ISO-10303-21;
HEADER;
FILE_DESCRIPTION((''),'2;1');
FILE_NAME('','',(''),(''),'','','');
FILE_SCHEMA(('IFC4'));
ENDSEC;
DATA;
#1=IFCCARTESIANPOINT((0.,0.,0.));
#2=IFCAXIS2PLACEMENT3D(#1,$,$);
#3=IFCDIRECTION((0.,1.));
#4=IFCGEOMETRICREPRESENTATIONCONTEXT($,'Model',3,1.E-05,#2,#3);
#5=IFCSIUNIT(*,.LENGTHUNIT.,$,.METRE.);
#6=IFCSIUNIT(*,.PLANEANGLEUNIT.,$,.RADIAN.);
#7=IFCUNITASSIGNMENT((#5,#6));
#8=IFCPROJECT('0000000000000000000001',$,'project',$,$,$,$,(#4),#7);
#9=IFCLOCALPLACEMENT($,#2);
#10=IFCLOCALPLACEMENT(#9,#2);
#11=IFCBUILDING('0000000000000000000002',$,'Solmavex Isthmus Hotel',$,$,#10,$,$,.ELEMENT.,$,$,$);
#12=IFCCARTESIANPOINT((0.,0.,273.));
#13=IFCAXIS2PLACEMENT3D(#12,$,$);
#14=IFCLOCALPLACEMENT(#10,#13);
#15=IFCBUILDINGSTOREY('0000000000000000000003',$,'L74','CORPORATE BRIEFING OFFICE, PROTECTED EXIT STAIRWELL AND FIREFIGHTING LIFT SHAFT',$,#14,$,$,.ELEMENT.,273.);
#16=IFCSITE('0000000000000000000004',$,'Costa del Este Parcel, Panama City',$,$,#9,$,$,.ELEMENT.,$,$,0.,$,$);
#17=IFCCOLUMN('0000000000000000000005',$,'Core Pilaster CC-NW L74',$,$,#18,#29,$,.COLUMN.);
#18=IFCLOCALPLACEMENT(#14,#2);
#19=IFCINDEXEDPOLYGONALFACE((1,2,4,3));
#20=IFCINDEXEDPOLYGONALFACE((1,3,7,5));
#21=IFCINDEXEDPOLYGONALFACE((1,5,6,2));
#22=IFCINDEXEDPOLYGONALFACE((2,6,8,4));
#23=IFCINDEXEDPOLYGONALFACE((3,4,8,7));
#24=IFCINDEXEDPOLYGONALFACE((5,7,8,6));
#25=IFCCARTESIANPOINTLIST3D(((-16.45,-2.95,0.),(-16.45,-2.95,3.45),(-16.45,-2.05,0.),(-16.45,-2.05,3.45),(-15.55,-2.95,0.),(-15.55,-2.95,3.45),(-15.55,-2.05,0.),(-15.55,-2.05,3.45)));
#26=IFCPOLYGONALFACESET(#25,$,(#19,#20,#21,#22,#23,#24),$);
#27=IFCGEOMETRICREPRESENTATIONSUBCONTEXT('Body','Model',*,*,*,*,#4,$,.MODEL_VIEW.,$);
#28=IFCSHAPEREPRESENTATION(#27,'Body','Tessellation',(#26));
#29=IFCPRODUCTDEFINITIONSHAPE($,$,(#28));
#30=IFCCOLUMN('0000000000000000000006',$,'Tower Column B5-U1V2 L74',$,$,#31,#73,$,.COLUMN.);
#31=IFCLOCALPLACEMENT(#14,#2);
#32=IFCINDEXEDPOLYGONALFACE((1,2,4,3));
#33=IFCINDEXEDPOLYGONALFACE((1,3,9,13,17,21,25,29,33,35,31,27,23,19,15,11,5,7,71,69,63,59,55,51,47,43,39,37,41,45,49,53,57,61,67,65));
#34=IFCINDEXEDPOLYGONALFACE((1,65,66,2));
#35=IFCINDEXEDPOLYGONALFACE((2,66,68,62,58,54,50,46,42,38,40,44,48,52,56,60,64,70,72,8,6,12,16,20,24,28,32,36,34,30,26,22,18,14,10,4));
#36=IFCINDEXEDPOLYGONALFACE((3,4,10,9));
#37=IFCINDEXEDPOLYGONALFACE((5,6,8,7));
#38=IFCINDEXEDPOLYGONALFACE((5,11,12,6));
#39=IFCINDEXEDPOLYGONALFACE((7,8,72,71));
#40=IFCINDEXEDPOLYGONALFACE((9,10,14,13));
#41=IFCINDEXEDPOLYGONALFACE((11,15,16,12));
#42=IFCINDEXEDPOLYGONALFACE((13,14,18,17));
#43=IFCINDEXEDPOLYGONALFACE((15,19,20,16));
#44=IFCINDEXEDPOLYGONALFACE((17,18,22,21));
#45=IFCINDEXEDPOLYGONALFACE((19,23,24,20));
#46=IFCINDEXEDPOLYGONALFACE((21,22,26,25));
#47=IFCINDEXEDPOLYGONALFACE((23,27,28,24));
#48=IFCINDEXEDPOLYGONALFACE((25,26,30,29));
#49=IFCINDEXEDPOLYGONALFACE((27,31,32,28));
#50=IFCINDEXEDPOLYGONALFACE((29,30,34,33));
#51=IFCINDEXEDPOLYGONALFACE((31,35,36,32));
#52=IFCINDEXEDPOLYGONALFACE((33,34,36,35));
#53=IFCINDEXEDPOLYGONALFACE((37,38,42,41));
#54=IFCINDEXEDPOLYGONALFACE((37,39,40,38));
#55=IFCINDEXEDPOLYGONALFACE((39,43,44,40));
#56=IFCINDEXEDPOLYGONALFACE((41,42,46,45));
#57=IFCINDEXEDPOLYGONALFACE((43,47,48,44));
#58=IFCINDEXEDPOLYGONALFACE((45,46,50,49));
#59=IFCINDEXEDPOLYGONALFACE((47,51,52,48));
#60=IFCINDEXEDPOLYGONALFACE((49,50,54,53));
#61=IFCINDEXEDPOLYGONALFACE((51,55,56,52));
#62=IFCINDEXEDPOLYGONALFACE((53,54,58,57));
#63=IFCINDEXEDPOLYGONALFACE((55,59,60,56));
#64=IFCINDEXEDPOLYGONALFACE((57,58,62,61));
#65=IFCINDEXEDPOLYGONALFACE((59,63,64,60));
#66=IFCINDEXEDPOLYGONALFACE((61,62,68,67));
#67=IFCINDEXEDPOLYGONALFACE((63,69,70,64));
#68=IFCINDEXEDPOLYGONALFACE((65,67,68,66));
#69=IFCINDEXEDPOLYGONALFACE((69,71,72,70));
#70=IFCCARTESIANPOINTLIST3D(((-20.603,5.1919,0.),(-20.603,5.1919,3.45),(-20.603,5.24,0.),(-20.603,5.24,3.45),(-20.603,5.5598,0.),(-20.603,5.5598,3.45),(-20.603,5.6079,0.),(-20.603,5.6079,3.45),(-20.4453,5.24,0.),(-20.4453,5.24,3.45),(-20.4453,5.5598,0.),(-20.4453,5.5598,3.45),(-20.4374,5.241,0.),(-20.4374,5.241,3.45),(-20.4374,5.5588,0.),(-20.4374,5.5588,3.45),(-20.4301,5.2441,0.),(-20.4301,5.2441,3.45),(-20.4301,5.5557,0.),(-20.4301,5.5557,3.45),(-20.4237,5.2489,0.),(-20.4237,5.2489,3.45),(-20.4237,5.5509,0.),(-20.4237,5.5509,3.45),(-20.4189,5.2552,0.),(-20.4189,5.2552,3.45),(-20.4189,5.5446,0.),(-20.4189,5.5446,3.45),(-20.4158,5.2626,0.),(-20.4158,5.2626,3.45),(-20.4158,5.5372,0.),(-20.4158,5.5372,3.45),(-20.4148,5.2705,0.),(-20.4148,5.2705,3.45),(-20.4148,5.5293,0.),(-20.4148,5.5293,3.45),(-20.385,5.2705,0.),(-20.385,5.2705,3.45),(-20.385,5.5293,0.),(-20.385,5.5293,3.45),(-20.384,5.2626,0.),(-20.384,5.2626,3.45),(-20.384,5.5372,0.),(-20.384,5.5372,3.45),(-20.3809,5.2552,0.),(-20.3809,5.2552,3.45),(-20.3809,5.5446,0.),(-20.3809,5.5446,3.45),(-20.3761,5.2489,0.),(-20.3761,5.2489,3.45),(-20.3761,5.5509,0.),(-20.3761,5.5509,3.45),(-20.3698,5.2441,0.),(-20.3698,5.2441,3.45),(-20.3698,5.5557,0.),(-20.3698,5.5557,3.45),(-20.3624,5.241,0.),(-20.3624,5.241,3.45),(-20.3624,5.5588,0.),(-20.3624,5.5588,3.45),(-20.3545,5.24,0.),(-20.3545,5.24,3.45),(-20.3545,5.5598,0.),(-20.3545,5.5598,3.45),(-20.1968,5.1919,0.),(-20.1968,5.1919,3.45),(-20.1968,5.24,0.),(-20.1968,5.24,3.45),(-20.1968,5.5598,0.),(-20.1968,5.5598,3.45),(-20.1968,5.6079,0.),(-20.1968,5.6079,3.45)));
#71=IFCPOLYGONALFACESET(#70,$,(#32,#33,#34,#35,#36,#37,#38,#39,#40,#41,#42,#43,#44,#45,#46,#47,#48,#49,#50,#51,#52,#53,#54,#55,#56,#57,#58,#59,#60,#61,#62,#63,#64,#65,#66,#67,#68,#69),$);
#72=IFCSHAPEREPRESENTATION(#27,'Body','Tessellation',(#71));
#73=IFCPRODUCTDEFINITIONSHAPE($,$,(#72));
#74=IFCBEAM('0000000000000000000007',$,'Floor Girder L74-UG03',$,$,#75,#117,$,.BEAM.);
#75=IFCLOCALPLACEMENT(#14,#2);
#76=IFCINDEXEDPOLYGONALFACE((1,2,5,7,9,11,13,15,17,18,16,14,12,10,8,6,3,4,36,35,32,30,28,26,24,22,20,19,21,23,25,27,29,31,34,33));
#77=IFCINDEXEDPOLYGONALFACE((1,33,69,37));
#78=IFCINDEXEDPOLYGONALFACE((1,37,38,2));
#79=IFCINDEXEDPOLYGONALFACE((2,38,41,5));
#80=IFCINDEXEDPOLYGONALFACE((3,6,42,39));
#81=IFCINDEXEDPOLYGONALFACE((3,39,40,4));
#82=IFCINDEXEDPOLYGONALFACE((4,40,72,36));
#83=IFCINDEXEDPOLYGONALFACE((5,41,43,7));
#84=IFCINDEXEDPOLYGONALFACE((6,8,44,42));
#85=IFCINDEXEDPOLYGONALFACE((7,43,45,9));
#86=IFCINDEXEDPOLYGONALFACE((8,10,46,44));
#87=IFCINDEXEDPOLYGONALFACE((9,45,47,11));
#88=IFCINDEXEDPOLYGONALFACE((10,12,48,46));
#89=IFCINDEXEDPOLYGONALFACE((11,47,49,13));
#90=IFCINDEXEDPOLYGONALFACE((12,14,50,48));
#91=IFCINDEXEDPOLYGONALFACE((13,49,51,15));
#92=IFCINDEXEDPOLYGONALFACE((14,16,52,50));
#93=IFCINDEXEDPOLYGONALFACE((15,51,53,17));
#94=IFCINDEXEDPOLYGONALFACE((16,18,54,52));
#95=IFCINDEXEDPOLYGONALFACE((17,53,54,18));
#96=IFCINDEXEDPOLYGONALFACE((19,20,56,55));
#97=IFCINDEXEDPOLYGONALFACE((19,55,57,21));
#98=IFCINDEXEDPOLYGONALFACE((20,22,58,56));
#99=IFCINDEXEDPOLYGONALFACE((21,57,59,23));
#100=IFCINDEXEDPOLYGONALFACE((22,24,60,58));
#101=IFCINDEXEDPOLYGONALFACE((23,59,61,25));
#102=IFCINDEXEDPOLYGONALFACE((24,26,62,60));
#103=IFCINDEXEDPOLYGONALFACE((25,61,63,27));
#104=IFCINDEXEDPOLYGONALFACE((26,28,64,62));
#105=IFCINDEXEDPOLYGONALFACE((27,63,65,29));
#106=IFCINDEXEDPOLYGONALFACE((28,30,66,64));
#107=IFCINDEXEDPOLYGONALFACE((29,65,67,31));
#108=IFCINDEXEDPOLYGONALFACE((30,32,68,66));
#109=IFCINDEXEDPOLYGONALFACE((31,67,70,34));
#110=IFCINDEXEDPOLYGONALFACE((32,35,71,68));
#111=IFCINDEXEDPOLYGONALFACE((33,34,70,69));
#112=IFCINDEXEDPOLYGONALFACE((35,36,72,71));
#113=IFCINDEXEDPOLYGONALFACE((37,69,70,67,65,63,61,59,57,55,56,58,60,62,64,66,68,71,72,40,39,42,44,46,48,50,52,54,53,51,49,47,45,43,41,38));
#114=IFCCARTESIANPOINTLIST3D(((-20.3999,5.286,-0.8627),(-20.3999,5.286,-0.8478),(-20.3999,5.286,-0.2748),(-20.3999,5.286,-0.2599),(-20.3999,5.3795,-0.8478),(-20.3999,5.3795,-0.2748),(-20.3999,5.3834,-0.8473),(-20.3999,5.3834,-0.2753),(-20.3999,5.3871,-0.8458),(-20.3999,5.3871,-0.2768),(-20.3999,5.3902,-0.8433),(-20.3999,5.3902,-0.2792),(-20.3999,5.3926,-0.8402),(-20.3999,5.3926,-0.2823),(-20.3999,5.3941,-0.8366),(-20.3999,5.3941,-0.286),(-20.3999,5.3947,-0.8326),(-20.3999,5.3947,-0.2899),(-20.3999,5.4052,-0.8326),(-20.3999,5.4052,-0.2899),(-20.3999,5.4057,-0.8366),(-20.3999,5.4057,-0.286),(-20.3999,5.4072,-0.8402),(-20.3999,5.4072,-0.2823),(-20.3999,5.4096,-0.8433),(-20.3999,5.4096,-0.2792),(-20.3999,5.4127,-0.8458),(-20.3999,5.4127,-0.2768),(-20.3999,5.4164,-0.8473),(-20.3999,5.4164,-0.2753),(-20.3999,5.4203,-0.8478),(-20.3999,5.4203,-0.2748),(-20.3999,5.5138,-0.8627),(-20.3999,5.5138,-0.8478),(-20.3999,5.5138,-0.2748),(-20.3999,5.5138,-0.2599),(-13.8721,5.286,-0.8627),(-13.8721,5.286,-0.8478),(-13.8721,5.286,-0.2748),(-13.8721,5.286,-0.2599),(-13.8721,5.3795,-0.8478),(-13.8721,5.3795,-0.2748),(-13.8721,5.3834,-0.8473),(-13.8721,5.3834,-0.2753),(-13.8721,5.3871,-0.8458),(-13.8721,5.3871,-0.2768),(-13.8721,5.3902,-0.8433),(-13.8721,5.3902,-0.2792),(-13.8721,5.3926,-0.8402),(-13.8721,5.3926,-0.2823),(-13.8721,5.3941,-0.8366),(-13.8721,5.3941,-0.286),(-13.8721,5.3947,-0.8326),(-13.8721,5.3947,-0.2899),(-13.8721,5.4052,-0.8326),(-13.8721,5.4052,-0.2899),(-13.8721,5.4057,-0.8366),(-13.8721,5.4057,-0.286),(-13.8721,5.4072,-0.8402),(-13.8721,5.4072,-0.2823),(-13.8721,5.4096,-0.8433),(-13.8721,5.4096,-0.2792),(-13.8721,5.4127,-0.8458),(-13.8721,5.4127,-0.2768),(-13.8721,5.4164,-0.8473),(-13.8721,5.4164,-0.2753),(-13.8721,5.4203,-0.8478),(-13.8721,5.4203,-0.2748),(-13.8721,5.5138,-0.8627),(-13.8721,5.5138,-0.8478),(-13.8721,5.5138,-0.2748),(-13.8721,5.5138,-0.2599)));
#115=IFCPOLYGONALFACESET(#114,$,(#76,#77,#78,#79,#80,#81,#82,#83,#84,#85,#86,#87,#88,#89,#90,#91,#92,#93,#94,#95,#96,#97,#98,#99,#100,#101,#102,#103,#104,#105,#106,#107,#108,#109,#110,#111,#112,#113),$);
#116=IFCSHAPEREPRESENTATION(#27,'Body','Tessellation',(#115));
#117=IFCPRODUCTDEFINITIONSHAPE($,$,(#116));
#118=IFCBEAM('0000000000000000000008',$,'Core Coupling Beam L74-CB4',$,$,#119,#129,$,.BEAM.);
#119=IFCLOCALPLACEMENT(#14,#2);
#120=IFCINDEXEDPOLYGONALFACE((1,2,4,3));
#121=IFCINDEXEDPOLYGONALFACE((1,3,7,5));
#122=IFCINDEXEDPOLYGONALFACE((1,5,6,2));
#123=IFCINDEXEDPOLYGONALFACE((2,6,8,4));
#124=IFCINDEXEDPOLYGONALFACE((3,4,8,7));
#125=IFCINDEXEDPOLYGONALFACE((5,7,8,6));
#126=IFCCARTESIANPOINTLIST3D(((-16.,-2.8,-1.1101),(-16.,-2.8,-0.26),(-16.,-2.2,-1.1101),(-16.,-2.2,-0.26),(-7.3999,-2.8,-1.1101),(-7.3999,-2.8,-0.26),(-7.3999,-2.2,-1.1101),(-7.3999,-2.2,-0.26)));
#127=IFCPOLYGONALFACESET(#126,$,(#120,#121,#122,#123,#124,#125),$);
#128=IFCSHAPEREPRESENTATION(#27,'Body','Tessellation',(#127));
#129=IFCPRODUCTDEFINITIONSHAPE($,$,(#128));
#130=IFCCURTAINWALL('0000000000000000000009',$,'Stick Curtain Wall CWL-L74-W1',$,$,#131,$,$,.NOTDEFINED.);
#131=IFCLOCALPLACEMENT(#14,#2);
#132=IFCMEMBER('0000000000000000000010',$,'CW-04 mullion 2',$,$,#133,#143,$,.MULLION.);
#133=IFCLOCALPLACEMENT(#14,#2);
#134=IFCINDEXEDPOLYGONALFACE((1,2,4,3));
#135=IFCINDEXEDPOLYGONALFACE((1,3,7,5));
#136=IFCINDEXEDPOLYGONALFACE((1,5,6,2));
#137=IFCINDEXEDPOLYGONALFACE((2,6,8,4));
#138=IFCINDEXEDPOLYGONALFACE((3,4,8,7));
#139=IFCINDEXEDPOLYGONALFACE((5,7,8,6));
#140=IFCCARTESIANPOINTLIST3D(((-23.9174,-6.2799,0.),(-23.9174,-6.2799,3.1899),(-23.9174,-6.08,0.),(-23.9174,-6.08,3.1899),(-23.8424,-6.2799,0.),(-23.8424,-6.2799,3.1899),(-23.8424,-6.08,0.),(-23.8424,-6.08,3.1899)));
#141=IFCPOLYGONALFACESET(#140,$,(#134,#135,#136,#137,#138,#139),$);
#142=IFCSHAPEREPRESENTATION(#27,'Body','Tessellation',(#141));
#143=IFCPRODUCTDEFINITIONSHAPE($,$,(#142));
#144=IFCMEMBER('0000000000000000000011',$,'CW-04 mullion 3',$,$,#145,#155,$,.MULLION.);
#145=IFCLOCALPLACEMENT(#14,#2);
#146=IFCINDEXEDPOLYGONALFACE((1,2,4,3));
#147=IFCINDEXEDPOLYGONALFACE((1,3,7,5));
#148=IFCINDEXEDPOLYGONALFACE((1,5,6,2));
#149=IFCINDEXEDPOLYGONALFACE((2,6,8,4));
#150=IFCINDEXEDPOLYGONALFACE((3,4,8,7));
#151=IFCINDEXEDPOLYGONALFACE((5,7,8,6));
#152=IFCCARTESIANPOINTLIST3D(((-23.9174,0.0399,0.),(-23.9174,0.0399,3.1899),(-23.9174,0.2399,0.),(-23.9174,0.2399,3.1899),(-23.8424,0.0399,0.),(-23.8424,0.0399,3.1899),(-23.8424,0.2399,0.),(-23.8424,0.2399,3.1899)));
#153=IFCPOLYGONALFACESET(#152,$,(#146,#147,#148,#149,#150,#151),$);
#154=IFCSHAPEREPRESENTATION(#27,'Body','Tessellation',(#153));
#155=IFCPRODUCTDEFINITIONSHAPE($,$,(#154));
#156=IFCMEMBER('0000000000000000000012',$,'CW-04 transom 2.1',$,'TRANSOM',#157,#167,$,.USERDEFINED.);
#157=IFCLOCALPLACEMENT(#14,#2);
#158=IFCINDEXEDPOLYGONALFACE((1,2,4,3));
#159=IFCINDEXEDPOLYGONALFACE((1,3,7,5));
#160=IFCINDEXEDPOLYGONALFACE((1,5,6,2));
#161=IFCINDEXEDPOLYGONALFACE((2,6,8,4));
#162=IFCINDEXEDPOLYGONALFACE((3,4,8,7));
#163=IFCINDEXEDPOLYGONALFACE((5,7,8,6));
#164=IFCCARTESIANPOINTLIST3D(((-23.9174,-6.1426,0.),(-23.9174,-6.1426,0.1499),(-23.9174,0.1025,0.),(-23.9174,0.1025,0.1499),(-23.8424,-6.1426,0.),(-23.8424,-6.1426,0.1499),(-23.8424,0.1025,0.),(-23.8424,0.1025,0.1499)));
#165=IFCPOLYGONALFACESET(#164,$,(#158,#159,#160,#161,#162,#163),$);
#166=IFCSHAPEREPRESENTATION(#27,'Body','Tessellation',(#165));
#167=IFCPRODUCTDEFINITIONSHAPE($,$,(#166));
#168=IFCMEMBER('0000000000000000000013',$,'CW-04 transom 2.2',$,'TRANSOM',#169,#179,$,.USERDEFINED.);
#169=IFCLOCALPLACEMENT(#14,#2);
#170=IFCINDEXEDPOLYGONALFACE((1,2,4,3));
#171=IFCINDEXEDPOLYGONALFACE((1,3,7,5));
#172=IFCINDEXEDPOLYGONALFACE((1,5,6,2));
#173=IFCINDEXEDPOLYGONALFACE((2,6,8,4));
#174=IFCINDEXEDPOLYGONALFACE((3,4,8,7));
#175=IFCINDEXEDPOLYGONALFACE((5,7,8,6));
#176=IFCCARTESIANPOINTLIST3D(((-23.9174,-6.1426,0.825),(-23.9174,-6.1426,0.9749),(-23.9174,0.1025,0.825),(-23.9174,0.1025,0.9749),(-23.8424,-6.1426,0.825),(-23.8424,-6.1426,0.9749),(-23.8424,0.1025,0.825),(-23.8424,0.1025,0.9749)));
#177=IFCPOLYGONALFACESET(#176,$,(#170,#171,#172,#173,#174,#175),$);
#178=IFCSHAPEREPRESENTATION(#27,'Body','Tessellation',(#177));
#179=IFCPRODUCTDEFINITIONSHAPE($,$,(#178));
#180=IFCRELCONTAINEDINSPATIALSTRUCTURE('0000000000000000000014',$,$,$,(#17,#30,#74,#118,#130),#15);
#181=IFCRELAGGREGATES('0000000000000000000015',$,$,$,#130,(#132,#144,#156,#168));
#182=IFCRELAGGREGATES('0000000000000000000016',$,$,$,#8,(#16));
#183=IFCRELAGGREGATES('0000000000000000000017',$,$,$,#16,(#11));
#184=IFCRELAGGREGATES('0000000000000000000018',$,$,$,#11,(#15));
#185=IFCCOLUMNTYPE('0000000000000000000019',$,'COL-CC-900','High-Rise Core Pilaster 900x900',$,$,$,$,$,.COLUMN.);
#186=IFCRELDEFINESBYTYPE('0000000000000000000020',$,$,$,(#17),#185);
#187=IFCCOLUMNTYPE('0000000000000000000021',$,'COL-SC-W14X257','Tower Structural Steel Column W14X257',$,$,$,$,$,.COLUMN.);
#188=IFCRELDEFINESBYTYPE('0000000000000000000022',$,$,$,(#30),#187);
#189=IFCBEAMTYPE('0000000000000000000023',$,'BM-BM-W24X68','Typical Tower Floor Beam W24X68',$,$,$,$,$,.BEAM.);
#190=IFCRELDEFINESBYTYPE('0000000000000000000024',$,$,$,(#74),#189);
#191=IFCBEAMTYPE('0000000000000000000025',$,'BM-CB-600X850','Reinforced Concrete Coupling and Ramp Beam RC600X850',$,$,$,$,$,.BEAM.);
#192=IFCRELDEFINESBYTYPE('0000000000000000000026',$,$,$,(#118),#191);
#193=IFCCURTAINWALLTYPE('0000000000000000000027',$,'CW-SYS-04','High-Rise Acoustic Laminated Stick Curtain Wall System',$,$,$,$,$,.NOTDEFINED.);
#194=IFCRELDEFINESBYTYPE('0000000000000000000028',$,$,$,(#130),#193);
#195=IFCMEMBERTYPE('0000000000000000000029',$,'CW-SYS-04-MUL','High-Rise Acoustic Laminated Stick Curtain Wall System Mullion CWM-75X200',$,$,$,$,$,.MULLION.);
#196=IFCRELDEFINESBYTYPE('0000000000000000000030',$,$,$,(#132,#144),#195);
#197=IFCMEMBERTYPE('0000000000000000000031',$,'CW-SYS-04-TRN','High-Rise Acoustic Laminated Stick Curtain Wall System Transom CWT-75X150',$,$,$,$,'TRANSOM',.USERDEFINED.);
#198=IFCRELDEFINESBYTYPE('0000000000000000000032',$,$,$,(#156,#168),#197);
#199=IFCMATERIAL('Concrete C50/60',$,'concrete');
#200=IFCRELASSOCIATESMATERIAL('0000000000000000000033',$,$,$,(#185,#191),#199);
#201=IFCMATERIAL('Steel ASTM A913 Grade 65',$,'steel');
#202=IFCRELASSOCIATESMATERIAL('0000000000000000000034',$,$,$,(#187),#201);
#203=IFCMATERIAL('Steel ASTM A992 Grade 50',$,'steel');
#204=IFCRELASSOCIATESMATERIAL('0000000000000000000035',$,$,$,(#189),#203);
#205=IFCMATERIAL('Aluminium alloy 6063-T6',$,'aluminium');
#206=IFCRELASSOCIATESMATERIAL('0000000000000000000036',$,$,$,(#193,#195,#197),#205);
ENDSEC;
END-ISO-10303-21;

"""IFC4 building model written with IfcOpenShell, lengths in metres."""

from ifc_helpers import new_model, si_unit, direction, frame, origin, origin_2d, place, context, subcontext, project, spatial, rectangle, i_section, extrude, material, material_profile, profile_set, type_object, element, aggregate, save


model = new_model("IFC4")

# Units and contexts
model_context = context("Model", 3, precision=1e-05, world=origin(), true_north=direction((0.0, 1.0)))
body_context = subcontext(model_context, "Body", "Model", "MODEL_VIEW")
ifc_project = project(units=[si_unit("LENGTHUNIT", "METRE"), si_unit("PLANEANGLEUNIT", "RADIAN")], contexts=[model_context])

# Site, building, storey
site_placement = place(None, origin())
site = spatial("IfcSite", under=ifc_project, at=site_placement, Name="Costa del Este Parcel, Panama City", CompositionType="ELEMENT", RefElevation=0.0)
building_placement = place(site_placement, origin())
building = spatial("IfcBuilding", under=site, at=building_placement, Name="Solmavex Isthmus Hotel", CompositionType="ELEMENT")
storey_placement = place(building_placement, frame((0.0, 0.0, 273.0)))
storey = spatial("IfcBuildingStorey", under=building, at=storey_placement, Name="L74", Description="CORPORATE BRIEFING OFFICE, PROTECTED EXIT STAIRWELL AND FIREFIGHTING LIFT SHAFT", CompositionType="ELEMENT", Elevation=273.0)

# Columns
ifc_material_1 = material(Name="Concrete C50/60", Category="concrete")
ifc_material_profile_1 = material_profile(ifc_material_1, rectangle(XDim=0.8999, YDim=0.8999, at=origin_2d()), Name="RC900X900")
ifc_profile_set_1 = profile_set([ifc_material_profile_1], Name="Concrete C50/60")
column_type_1 = type_object("IfcColumnType", Name="COL-CC-900", Description="High-Rise Core Pilaster 900x900", PredefinedType="COLUMN", material=ifc_profile_set_1)
column_1_placement = place(storey_placement, frame((-16.0, -2.5, 0.0), z_axis=(0.0, 0.0, 1.0), x_axis=(1.0, 0.0, 0.0)))
element("IfcColumn", 1, at=column_1_placement, inside=storey, type_object=column_type_1, Name="Core Pilaster CC-NW L74", PredefinedType="COLUMN", context=body_context, shape_type="SweptSolid", body=[
    extrude(rectangle(XDim=0.8999, YDim=0.8999, at=origin_2d()), origin(), (0.0, 0.0, 1.0), 3.45),
])
ifc_material_2 = material(Name="Steel ASTM A913 Grade 65", Category="steel")
ifc_material_profile_2 = material_profile(ifc_material_2, i_section(OverallWidth=0.4062, OverallDepth=0.416, WebThickness=0.0298, FlangeThickness=0.0481, FilletRadius=0.0305, at=origin_2d()), Name="W14X257")
ifc_profile_set_2 = profile_set([ifc_material_profile_2], Name="Steel ASTM A913 Grade 65")
column_type_2 = type_object("IfcColumnType", Name="COL-SC-W14X257", Description="Tower Structural Steel Column W14X257", PredefinedType="COLUMN", material=ifc_profile_set_2)
column_2_placement = place(storey_placement, frame((-20.3999, 5.3999, 0.0), z_axis=(0.0, 0.0, 1.0), x_axis=(1.0, 0.0, 0.0)))
element("IfcColumn", 2, at=column_2_placement, inside=storey, type_object=column_type_2, Name="Tower Column B5-U1V2 L74", PredefinedType="COLUMN", context=body_context, shape_type="SweptSolid", body=[
    extrude(i_section(OverallWidth=0.4062, OverallDepth=0.416, WebThickness=0.0298, FlangeThickness=0.0481, FilletRadius=0.0305, at=origin_2d()), origin(), (0.0, 0.0, 1.0), 3.45),
])

# Beams
ifc_material_3 = material(Name="Steel ASTM A992 Grade 50", Category="steel")
ifc_material_profile_3 = material_profile(ifc_material_3, i_section(OverallWidth=0.2278, OverallDepth=0.6028, WebThickness=0.0105, FlangeThickness=0.0149, FilletRadius=0.0151, at=origin_2d()), Name="W24X68")
ifc_profile_set_3 = profile_set([ifc_material_profile_3], Name="Steel ASTM A992 Grade 50")
beam_type_1 = type_object("IfcBeamType", Name="BM-BM-W24X68", Description="Typical Tower Floor Beam W24X68", PredefinedType="BEAM", material=ifc_profile_set_3)
beam_1_placement = place(storey_placement, frame((-20.3999, 5.3999, -0.5613), z_axis=(1.0, 0.0, 0.0), x_axis=(0.0, 1.0, 0.0)))
element("IfcBeam", 3, at=beam_1_placement, inside=storey, type_object=beam_type_1, Name="Floor Girder L74-UG03", PredefinedType="BEAM", context=body_context, shape_type="SweptSolid", body=[
    extrude(i_section(OverallWidth=0.2278, OverallDepth=0.6028, WebThickness=0.0105, FlangeThickness=0.0149, FilletRadius=0.0151, at=origin_2d()), origin(), (0.0, 0.0, 1.0), 6.5278),
])
ifc_material_profile_4 = material_profile(ifc_material_1, rectangle(XDim=0.6001, YDim=0.8501, at=origin_2d()), Name="RC600X850")
ifc_profile_set_4 = profile_set([ifc_material_profile_4], Name="Concrete C50/60")
beam_type_2 = type_object("IfcBeamType", Name="BM-CB-600X850", Description="Reinforced Concrete Coupling and Ramp Beam RC600X850", PredefinedType="BEAM", material=ifc_profile_set_4)
beam_2_placement = place(storey_placement, frame((-16.0, -2.5, -0.6851), z_axis=(1.0, 0.0, 0.0), x_axis=(0.0, 1.0, 0.0)))
element("IfcBeam", 4, at=beam_2_placement, inside=storey, type_object=beam_type_2, Name="Core Coupling Beam L74-CB4", PredefinedType="BEAM", context=body_context, shape_type="SweptSolid", body=[
    extrude(rectangle(XDim=0.6001, YDim=0.8501, at=origin_2d()), origin(), (0.0, 0.0, 1.0), 8.6001),
])

# Curtain wall, members
ifc_material_4 = material(Name="Aluminium alloy 6063-T6", Category="aluminium")
curtain_wall_type = type_object("IfcCurtainWallType", Name="CW-SYS-04", Description="High-Rise Acoustic Laminated Stick Curtain Wall System", PredefinedType="NOTDEFINED", material=ifc_material_4)
curtain_wall_placement = place(storey_placement, origin())
curtain_wall = element("IfcCurtainWall", 5, at=curtain_wall_placement, inside=storey, type_object=curtain_wall_type, Name="Stick Curtain Wall CWL-L74-W1", PredefinedType="NOTDEFINED")
ifc_material_profile_5 = material_profile(ifc_material_4, rectangle(XDim=0.075, YDim=0.2, at=origin_2d()), Name="CWM-75X200")
ifc_profile_set_5 = profile_set([ifc_material_profile_5], Name="Aluminium alloy 6063-T6")
member_type_1 = type_object("IfcMemberType", Name="CW-SYS-04-MUL", Description="High-Rise Acoustic Laminated Stick Curtain Wall System Mullion CWM-75X200", PredefinedType="MULLION", material=ifc_profile_set_5)
member_1_placement = place(storey_placement, frame((-23.8799, -6.1799, 0.0), z_axis=(0.0, 0.0, 1.0), x_axis=(-1.0, 0.0, 0.0)))
member_1 = element("IfcMember", 6, at=member_1_placement, type_object=member_type_1, Name="CW-04 mullion 2", PredefinedType="MULLION", context=body_context, shape_type="SweptSolid", body=[
    extrude(rectangle(XDim=0.075, YDim=0.2, at=origin_2d()), origin(), (0.0, 0.0, 1.0), 3.1899),
])
member_2_placement = place(storey_placement, frame((-23.8799, 0.1399, 0.0), z_axis=(0.0, 0.0, 1.0), x_axis=(-1.0, 0.0, 0.0)))
member_2 = element("IfcMember", 7, at=member_2_placement, type_object=member_type_1, Name="CW-04 mullion 3", PredefinedType="MULLION", context=body_context, shape_type="SweptSolid", body=[
    extrude(rectangle(XDim=0.075, YDim=0.2, at=origin_2d()), origin(), (0.0, 0.0, 1.0), 3.1899),
])
ifc_material_profile_6 = material_profile(ifc_material_4, rectangle(XDim=0.075, YDim=0.1499, at=origin_2d()), Name="CWT-75X150")
ifc_profile_set_6 = profile_set([ifc_material_profile_6], Name="Aluminium alloy 6063-T6")
member_type_2 = type_object("IfcMemberType", Name="CW-SYS-04-TRN", Description="High-Rise Acoustic Laminated Stick Curtain Wall System Transom CWT-75X150", ElementType="TRANSOM", PredefinedType="USERDEFINED", material=ifc_profile_set_6)
member_3_placement = place(storey_placement, frame((-23.8799, -6.1426, 0.075), z_axis=(0.0, 1.0, 0.0), x_axis=(-1.0, 0.0, 0.0)))
member_3 = element("IfcMember", 8, at=member_3_placement, type_object=member_type_2, Name="CW-04 transom 2.1", ObjectType="TRANSOM", PredefinedType="USERDEFINED", context=body_context, shape_type="SweptSolid", body=[
    extrude(rectangle(XDim=0.075, YDim=0.1499, at=origin_2d()), origin(), (0.0, 0.0, 1.0), 6.2451),
])
member_4_placement = place(storey_placement, frame((-23.8799, -6.1426, 0.8999), z_axis=(0.0, 1.0, 0.0), x_axis=(-1.0, 0.0, 0.0)))
member_4 = element("IfcMember", 9, at=member_4_placement, type_object=member_type_2, Name="CW-04 transom 2.2", ObjectType="TRANSOM", PredefinedType="USERDEFINED", context=body_context, shape_type="SweptSolid", body=[
    extrude(rectangle(XDim=0.075, YDim=0.1499, at=origin_2d()), origin(), (0.0, 0.0, 1.0), 6.2451),
])
aggregate(curtain_wall, [member_1, member_2, member_3, member_4])

save(model, "model.ifc")
